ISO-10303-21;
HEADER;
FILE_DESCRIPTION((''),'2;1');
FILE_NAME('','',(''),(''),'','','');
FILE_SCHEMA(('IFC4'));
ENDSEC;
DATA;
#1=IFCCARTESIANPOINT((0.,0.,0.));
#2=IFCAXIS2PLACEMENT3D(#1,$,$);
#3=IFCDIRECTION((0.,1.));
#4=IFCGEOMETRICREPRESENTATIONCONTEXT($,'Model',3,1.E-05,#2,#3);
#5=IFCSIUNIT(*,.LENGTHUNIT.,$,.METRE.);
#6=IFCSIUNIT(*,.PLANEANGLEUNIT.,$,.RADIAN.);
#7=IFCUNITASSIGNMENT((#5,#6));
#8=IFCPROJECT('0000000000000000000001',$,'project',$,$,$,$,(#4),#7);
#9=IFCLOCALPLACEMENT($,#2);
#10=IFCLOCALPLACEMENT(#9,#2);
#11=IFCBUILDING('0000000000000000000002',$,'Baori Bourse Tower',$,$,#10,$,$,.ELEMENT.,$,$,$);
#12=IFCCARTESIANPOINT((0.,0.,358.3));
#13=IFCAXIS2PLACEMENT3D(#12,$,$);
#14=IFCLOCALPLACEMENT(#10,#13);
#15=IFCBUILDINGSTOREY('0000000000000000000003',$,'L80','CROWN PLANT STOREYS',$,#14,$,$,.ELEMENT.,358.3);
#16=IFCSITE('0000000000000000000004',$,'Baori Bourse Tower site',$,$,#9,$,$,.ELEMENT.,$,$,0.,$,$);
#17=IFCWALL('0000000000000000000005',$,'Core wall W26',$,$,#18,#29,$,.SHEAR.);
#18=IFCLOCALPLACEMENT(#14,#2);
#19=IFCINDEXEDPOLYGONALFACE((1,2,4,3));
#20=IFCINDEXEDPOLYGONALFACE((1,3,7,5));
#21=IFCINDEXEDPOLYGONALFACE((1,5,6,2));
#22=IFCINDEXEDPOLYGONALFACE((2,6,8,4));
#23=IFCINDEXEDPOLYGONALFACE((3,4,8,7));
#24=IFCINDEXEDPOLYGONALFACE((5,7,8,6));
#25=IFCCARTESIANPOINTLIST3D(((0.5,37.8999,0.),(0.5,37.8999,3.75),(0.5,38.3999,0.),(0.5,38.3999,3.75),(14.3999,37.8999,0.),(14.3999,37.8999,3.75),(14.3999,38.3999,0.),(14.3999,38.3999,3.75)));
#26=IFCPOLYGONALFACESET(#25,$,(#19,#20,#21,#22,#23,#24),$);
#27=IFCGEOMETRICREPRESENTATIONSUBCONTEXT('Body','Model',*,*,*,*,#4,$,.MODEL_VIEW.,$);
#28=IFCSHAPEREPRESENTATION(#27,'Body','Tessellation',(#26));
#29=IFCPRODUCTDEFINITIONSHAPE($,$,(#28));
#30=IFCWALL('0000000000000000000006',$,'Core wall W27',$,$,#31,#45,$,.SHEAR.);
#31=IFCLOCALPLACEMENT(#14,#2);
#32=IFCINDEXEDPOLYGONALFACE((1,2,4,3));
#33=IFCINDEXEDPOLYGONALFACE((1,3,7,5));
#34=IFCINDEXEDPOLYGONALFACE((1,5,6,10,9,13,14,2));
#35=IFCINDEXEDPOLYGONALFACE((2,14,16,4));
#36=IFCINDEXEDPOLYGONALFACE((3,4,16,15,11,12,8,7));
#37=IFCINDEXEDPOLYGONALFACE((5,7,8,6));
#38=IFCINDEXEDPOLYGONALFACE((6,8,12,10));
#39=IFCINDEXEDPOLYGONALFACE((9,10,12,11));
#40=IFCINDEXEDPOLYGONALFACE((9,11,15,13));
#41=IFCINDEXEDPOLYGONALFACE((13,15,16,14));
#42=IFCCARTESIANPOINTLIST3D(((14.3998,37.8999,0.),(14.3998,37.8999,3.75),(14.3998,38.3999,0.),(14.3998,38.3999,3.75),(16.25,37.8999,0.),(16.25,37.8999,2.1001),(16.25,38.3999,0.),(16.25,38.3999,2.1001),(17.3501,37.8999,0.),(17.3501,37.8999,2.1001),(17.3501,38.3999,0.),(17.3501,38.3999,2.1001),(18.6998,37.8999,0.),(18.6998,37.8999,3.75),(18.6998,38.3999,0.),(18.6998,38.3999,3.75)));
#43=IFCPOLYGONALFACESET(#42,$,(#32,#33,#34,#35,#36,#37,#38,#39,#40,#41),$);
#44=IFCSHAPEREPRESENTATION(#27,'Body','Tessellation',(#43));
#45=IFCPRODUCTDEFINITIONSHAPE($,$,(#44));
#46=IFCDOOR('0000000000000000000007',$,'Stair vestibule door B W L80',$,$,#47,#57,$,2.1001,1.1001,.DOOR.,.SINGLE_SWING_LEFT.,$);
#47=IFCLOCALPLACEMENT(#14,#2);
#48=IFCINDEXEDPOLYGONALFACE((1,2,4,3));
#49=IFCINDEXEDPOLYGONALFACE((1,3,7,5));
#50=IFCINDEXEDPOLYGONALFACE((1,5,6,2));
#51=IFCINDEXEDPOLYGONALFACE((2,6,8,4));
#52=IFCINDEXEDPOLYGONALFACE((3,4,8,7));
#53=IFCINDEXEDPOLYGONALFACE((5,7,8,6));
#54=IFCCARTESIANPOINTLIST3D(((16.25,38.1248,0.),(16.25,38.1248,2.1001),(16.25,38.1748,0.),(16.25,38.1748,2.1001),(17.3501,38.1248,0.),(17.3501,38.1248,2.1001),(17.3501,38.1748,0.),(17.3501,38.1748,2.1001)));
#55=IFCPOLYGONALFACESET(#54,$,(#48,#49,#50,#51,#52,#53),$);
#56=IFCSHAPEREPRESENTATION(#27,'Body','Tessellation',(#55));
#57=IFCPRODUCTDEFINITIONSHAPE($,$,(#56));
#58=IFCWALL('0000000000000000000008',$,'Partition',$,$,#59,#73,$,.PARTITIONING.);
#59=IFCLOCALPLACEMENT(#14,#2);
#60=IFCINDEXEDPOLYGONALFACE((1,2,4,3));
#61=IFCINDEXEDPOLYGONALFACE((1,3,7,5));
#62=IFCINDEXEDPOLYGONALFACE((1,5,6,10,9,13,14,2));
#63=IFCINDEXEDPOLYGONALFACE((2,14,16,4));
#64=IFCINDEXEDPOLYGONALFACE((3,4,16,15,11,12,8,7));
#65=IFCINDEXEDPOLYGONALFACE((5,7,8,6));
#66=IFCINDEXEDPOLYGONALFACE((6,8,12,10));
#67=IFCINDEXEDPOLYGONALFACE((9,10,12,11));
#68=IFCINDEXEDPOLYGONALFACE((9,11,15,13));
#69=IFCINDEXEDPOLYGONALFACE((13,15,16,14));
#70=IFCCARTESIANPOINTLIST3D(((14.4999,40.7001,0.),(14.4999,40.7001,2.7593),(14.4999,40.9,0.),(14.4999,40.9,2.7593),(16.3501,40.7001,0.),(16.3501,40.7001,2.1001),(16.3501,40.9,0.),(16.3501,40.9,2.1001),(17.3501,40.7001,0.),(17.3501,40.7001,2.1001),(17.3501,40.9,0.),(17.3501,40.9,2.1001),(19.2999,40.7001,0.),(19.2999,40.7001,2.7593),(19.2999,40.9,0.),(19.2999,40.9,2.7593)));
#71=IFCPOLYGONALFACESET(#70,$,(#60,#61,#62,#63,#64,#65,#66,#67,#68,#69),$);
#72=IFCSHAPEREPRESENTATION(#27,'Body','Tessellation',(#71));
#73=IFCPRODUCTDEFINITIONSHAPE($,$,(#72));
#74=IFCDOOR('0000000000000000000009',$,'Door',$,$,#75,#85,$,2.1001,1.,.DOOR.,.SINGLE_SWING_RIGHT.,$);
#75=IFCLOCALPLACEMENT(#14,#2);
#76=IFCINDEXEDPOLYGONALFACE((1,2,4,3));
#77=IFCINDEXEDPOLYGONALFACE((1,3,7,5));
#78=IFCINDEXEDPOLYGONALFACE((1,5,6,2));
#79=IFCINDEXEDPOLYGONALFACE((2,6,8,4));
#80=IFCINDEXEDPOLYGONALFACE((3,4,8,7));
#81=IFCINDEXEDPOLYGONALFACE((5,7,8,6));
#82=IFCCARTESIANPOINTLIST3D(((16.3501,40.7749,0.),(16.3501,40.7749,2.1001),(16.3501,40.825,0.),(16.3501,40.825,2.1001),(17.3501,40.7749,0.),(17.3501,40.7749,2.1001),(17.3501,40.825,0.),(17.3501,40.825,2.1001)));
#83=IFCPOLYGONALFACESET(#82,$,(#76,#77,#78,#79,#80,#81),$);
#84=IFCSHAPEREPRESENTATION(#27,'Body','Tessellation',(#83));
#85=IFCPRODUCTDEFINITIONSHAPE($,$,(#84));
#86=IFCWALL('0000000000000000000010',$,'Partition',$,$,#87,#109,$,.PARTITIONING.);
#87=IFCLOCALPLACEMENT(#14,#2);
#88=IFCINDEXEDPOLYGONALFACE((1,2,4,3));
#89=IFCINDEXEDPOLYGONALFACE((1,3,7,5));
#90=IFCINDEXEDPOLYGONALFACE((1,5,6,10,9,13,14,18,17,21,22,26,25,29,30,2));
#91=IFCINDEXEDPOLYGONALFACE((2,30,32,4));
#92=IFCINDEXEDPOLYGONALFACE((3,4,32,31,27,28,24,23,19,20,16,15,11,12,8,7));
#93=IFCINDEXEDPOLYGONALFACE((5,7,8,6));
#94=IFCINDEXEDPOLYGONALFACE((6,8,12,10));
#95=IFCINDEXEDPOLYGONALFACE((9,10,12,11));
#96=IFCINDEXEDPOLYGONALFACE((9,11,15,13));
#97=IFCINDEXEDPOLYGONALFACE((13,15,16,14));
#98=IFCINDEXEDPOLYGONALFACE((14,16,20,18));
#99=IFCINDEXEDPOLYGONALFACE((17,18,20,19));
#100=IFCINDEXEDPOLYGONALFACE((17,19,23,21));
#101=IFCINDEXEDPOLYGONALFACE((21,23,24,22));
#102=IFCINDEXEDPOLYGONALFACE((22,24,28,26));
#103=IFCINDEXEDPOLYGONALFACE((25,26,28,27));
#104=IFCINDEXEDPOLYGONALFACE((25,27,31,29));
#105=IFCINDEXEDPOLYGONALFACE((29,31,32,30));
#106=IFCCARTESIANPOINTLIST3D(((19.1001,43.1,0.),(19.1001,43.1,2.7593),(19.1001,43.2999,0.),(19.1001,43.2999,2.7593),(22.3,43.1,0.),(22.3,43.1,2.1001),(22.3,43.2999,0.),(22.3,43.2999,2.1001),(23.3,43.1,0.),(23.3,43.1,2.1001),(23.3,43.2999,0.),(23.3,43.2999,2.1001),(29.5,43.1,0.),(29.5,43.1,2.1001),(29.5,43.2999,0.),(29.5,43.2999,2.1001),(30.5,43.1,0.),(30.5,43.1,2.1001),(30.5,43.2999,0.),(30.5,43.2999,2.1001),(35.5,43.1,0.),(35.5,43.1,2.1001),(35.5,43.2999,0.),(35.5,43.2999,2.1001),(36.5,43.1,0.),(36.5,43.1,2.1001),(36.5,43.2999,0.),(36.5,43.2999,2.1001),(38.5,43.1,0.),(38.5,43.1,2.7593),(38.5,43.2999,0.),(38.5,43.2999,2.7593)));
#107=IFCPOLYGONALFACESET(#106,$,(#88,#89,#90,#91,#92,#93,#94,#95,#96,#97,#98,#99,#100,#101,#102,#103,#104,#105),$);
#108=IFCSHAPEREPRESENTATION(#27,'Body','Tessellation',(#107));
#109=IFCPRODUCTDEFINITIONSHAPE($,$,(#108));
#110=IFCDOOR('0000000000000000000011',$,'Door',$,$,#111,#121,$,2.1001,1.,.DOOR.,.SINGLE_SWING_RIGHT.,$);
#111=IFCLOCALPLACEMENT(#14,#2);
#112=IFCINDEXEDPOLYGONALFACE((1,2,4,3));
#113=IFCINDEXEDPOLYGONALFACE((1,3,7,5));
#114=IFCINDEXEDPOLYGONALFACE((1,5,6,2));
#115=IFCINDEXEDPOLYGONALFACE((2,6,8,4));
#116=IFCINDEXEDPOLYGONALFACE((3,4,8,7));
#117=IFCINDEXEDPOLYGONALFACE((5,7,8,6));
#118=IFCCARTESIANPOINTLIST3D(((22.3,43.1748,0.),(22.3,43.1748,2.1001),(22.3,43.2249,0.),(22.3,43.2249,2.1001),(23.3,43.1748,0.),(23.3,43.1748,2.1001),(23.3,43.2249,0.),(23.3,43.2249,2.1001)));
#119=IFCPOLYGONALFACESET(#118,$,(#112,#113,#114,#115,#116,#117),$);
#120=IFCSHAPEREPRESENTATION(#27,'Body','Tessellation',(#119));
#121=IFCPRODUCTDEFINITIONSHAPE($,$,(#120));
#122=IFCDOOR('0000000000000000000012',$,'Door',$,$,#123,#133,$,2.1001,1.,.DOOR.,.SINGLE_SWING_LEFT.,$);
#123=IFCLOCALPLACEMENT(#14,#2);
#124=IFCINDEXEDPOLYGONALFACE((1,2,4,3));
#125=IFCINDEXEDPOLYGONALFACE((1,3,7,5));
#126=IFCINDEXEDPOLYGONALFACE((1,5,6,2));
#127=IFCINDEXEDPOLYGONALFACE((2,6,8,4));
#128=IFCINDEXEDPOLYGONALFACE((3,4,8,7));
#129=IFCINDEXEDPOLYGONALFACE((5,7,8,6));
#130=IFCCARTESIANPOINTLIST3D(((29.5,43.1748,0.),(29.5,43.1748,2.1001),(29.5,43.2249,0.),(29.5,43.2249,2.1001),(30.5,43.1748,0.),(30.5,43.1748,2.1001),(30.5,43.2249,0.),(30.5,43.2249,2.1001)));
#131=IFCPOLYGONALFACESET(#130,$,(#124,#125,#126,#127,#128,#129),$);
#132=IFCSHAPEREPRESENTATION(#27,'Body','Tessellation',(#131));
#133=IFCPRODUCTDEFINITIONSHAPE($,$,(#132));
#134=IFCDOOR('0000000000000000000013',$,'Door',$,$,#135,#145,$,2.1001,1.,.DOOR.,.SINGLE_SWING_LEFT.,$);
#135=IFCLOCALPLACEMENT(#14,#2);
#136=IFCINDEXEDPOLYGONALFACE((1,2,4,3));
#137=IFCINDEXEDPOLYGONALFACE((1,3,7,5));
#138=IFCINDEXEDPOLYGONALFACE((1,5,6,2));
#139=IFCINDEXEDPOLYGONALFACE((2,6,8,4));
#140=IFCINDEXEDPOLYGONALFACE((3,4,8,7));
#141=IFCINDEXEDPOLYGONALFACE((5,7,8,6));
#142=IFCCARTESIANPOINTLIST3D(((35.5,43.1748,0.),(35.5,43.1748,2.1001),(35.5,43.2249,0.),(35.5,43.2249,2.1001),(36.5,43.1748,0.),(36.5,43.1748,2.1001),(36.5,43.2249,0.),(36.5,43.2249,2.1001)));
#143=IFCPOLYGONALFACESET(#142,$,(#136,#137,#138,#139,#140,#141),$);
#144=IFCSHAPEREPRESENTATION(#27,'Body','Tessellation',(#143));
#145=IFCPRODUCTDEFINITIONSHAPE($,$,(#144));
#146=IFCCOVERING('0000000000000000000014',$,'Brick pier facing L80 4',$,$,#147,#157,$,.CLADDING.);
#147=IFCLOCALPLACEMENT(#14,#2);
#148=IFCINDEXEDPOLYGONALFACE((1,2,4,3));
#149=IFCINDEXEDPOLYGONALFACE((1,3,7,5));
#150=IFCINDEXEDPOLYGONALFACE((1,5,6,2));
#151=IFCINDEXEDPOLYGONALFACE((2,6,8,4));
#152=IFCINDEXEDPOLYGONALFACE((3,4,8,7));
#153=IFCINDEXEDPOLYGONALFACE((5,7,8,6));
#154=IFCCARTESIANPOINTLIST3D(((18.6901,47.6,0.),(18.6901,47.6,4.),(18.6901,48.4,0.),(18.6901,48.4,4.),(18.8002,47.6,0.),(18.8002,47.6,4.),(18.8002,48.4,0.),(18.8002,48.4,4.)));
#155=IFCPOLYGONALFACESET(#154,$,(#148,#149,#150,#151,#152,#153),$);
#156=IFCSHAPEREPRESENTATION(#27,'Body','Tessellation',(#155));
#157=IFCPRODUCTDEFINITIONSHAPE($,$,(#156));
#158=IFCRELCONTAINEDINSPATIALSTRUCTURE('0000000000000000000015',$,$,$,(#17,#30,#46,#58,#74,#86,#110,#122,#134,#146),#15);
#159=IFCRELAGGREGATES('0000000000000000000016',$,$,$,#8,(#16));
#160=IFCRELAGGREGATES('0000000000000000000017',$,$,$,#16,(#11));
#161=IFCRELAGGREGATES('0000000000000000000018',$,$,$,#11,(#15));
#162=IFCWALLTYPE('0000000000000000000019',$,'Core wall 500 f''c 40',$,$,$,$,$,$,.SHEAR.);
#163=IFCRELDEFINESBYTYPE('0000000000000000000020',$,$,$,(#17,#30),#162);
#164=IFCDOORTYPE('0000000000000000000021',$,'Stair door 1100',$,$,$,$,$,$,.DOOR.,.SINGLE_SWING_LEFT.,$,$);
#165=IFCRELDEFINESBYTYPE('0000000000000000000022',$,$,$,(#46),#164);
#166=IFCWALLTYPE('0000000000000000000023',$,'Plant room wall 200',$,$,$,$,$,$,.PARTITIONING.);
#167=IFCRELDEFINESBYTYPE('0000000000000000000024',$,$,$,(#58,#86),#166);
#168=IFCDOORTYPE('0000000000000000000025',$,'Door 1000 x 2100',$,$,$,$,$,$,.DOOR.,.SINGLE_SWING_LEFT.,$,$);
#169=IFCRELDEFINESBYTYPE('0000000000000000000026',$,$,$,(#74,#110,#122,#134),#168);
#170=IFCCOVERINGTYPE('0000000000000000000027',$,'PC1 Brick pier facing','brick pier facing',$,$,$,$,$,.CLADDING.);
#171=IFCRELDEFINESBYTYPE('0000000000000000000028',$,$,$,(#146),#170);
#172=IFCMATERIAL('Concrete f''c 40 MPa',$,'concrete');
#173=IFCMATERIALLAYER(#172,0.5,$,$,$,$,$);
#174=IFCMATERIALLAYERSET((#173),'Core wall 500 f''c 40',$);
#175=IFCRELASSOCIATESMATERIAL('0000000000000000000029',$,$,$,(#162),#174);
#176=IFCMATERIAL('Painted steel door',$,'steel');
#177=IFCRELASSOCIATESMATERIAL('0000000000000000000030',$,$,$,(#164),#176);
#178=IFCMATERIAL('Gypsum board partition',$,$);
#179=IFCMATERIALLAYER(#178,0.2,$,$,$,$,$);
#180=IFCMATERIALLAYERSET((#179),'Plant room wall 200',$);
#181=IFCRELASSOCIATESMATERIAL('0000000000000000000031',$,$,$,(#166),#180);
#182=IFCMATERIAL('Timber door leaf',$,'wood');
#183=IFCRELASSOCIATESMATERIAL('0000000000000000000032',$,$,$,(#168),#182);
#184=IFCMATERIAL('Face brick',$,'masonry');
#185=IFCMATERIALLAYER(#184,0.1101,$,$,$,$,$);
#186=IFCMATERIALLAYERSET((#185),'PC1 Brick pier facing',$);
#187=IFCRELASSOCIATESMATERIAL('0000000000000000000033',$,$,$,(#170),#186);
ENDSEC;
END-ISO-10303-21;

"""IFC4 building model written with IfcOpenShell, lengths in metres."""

from ifc_helpers import new_model, si_unit, direction, frame, frame_2d, origin, origin_2d, place, context, subcontext, project, spatial, rectangle, extrude, material, layer, layer_set, type_object, element, fill, save


model = new_model("IFC4")

# Units and contexts
model_context = context("Model", 3, precision=1e-05, world=origin(), true_north=direction((0.0, 1.0)))
body_context = subcontext(model_context, "Body", "Model", "MODEL_VIEW")
ifc_project = project(units=[si_unit("LENGTHUNIT", "METRE"), si_unit("PLANEANGLEUNIT", "RADIAN")], contexts=[model_context])

# Site, building, storey
site_placement = place(None, origin())
site = spatial("IfcSite", under=ifc_project, at=site_placement, Name="Baori Bourse Tower site", CompositionType="ELEMENT", RefElevation=0.0)
building_placement = place(site_placement, origin())
building = spatial("IfcBuilding", under=site, at=building_placement, Name="Baori Bourse Tower", CompositionType="ELEMENT")
storey_placement = place(building_placement, frame((0.0, 0.0, 358.3)))
storey = spatial("IfcBuildingStorey", under=building, at=storey_placement, Name="L80", Description="CROWN PLANT STOREYS", CompositionType="ELEMENT", Elevation=358.3)

# Shared definitions
ifc_material_1 = material(Name="Concrete f'c 40 MPa", Category="concrete")
ifc_layer_1 = layer(ifc_material_1, 0.5)
ifc_layer_set_1 = layer_set([ifc_layer_1], Name="Core wall 500 f'c 40")
wall_type_1 = type_object("IfcWallType", Name="Core wall 500 f'c 40", PredefinedType="SHEAR", material=ifc_layer_set_1)

# Wall
wall_1_placement = place(storey_placement, frame((0.5, 38.1499, 0.0), z_axis=(0.0, 0.0, 1.0), x_axis=(1.0, 0.0, 0.0)))
element("IfcWall", 1, at=wall_1_placement, inside=storey, type_object=wall_type_1, Name="Core wall W26", PredefinedType="SHEAR", context=body_context, shape_type="SweptSolid", body=[
    extrude(rectangle(XDim=13.8999, YDim=0.5, at=frame_2d((6.95, 0.0))), origin(), (0.0, 0.0, 1.0), 3.75),
])

# Walls, openings, doors
wall_2_placement = place(storey_placement, frame((14.3999, 38.1499, 0.0), z_axis=(0.0, 0.0, 1.0), x_axis=(1.0, 0.0, 0.0)))
wall_2 = element("IfcWall", 2, at=wall_2_placement, inside=storey, type_object=wall_type_1, Name="Core wall W27", PredefinedType="SHEAR", context=body_context, shape_type="SweptSolid", body=[
    extrude(rectangle(XDim=4.3, YDim=0.5, at=frame_2d((2.1499, 0.0))), origin(), (0.0, 0.0, 1.0), 3.75),
])
opening_1_placement = place(wall_2_placement, frame((1.8501, 0.0, 0.0)))
opening_1 = element("IfcOpeningElement", 3, at=opening_1_placement, cuts=wall_2, PredefinedType="OPENING", context=body_context, shape_type="SweptSolid", body=[
    extrude(rectangle(XDim=1.1001, YDim=2.1001, at=frame_2d((0.55, 1.05))), frame((0.0, 0.26, 0.0), z_axis=(0.0, -1.0, 0.0), x_axis=(1.0, 0.0, 0.0)), (0.0, 0.0, 1.0), 0.52),
])
ifc_material_2 = material(Name="Painted steel door", Category="steel")
door_type_1 = type_object("IfcDoorType", Name="Stair door 1100", OperationType="SINGLE_SWING_LEFT", PredefinedType="DOOR", material=ifc_material_2)
door_1_placement = place(opening_1_placement, origin())
door_1 = element("IfcDoor", 4, at=door_1_placement, inside=storey, type_object=door_type_1, Name="Stair vestibule door B W L80", OperationType="SINGLE_SWING_LEFT", OverallHeight=2.1001, OverallWidth=1.1001, PredefinedType="DOOR", context=body_context, shape_type="SweptSolid", body=[
    extrude(rectangle(XDim=1.1001, YDim=2.1001, at=frame_2d((0.55, 1.05))), frame((0.0, 0.0249, 0.0), z_axis=(0.0, -1.0, 0.0), x_axis=(1.0, 0.0, 0.0)), (0.0, 0.0, 1.0), 0.05),
])
fill(opening_1, door_1)
ifc_material_3 = material(Name="Gypsum board partition")
ifc_layer_2 = layer(ifc_material_3, 0.2)
ifc_layer_set_2 = layer_set([ifc_layer_2], Name="Plant room wall 200")
wall_type_2 = type_object("IfcWallType", Name="Plant room wall 200", PredefinedType="PARTITIONING", material=ifc_layer_set_2)
wall_3_placement = place(storey_placement, frame((14.5, 40.8, 0.0), z_axis=(0.0, 0.0, 1.0), x_axis=(1.0, 0.0, 0.0)))
wall_3 = element("IfcWall", 5, at=wall_3_placement, inside=storey, type_object=wall_type_2, Name="Partition", PredefinedType="PARTITIONING", context=body_context, shape_type="SweptSolid", body=[
    extrude(rectangle(XDim=4.8, YDim=0.2, at=frame_2d((2.3999, 0.0))), origin(), (0.0, 0.0, 1.0), 2.7593),
])
opening_2_placement = place(wall_3_placement, frame((1.8501, 0.0, 0.0)))
opening_2 = element("IfcOpeningElement", 6, at=opening_2_placement, cuts=wall_3, PredefinedType="OPENING", context=body_context, shape_type="SweptSolid", body=[
    extrude(rectangle(XDim=1.0, YDim=2.1001, at=frame_2d((0.5, 1.05))), frame((0.0, 0.1099, 0.0), z_axis=(0.0, -1.0, 0.0), x_axis=(1.0, 0.0, 0.0)), (0.0, 0.0, 1.0), 0.22),
])
ifc_material_4 = material(Name="Timber door leaf", Category="wood")
door_type_2 = type_object("IfcDoorType", Name="Door 1000 x 2100", OperationType="SINGLE_SWING_LEFT", PredefinedType="DOOR", material=ifc_material_4)
door_2_placement = place(opening_2_placement, origin())
door_2 = element("IfcDoor", 7, at=door_2_placement, inside=storey, type_object=door_type_2, Name="Door", OperationType="SINGLE_SWING_RIGHT", OverallHeight=2.1001, OverallWidth=1.0, PredefinedType="DOOR", context=body_context, shape_type="SweptSolid", body=[
    extrude(rectangle(XDim=1.0, YDim=2.1001, at=frame_2d((0.5, 1.05))), frame((0.0, 0.0249, 0.0), z_axis=(0.0, -1.0, 0.0), x_axis=(1.0, 0.0, 0.0)), (0.0, 0.0, 1.0), 0.05),
])
fill(opening_2, door_2)

# Wall, openings, doors
wall_4_placement = place(storey_placement, frame((19.1001, 43.2, 0.0), z_axis=(0.0, 0.0, 1.0), x_axis=(1.0, 0.0, 0.0)))
wall_4 = element("IfcWall", 8, at=wall_4_placement, inside=storey, type_object=wall_type_2, Name="Partition", PredefinedType="PARTITIONING", context=body_context, shape_type="SweptSolid", body=[
    extrude(rectangle(XDim=19.3999, YDim=0.2, at=frame_2d((9.7, 0.0))), origin(), (0.0, 0.0, 1.0), 2.7593),
])
opening_3_placement = place(wall_4_placement, frame((3.2, 0.0, 0.0)))
opening_3 = element("IfcOpeningElement", 9, at=opening_3_placement, cuts=wall_4, PredefinedType="OPENING", context=body_context, shape_type="SweptSolid", body=[
    extrude(rectangle(XDim=1.0, YDim=2.1001, at=frame_2d((0.5, 1.05))), frame((0.0, 0.1099, 0.0), z_axis=(0.0, -1.0, 0.0), x_axis=(1.0, 0.0, 0.0)), (0.0, 0.0, 1.0), 0.22),
])
opening_4_placement = place(wall_4_placement, frame((10.3999, 0.0, 0.0)))
opening_4 = element("IfcOpeningElement", 10, at=opening_4_placement, cuts=wall_4, PredefinedType="OPENING", context=body_context, shape_type="SweptSolid", body=[
    extrude(rectangle(XDim=1.0, YDim=2.1001, at=frame_2d((0.5, 1.05))), frame((0.0, 0.1099, 0.0), z_axis=(0.0, -1.0, 0.0), x_axis=(1.0, 0.0, 0.0)), (0.0, 0.0, 1.0), 0.22),
])
opening_5_placement = place(wall_4_placement, frame((16.3999, 0.0, 0.0)))
opening_5 = element("IfcOpeningElement", 11, at=opening_5_placement, cuts=wall_4, PredefinedType="OPENING", context=body_context, shape_type="SweptSolid", body=[
    extrude(rectangle(XDim=1.0, YDim=2.1001, at=frame_2d((0.5, 1.05))), frame((0.0, 0.1099, 0.0), z_axis=(0.0, -1.0, 0.0), x_axis=(1.0, 0.0, 0.0)), (0.0, 0.0, 1.0), 0.22),
])
door_3_placement = place(opening_3_placement, origin())
door_3 = element("IfcDoor", 12, at=door_3_placement, inside=storey, type_object=door_type_2, Name="Door", OperationType="SINGLE_SWING_RIGHT", OverallHeight=2.1001, OverallWidth=1.0, PredefinedType="DOOR", context=body_context, shape_type="SweptSolid", body=[
    extrude(rectangle(XDim=1.0, YDim=2.1001, at=frame_2d((0.5, 1.05))), frame((0.0, 0.0249, 0.0), z_axis=(0.0, -1.0, 0.0), x_axis=(1.0, 0.0, 0.0)), (0.0, 0.0, 1.0), 0.05),
])
fill(opening_3, door_3)
door_4_placement = place(opening_4_placement, origin())
door_4 = element("IfcDoor", 13, at=door_4_placement, inside=storey, type_object=door_type_2, Name="Door", OperationType="SINGLE_SWING_LEFT", OverallHeight=2.1001, OverallWidth=1.0, PredefinedType="DOOR", context=body_context, shape_type="SweptSolid", body=[
    extrude(rectangle(XDim=1.0, YDim=2.1001, at=frame_2d((0.5, 1.05))), frame((0.0, 0.0249, 0.0), z_axis=(0.0, -1.0, 0.0), x_axis=(1.0, 0.0, 0.0)), (0.0, 0.0, 1.0), 0.05),
])
fill(opening_4, door_4)
door_5_placement = place(opening_5_placement, origin())
door_5 = element("IfcDoor", 14, at=door_5_placement, inside=storey, type_object=door_type_2, Name="Door", OperationType="SINGLE_SWING_LEFT", OverallHeight=2.1001, OverallWidth=1.0, PredefinedType="DOOR", context=body_context, shape_type="SweptSolid", body=[
    extrude(rectangle(XDim=1.0, YDim=2.1001, at=frame_2d((0.5, 1.05))), frame((0.0, 0.0249, 0.0), z_axis=(0.0, -1.0, 0.0), x_axis=(1.0, 0.0, 0.0)), (0.0, 0.0, 1.0), 0.05),
])
fill(opening_5, door_5)

# Covering
ifc_material_5 = material(Name="Face brick", Category="masonry")
ifc_layer_3 = layer(ifc_material_5, 0.1101)
ifc_layer_set_3 = layer_set([ifc_layer_3], Name="PC1 Brick pier facing")
covering_type = type_object("IfcCoveringType", Name="PC1 Brick pier facing", Description="brick pier facing", PredefinedType="CLADDING", material=ifc_layer_set_3)
covering_placement = place(storey_placement, frame((18.7451, 48.0, 0.0), z_axis=(0.0, 0.0, 1.0), x_axis=(1.0, 0.0, 0.0)))
element("IfcCovering", 15, at=covering_placement, inside=storey, type_object=covering_type, Name="Brick pier facing L80 4", PredefinedType="CLADDING", context=body_context, shape_type="SweptSolid", body=[
    extrude(rectangle(XDim=0.1101, YDim=0.8, at=origin_2d()), origin(), (0.0, 0.0, 1.0), 4.0),
])

save(model, "model.ifc")
